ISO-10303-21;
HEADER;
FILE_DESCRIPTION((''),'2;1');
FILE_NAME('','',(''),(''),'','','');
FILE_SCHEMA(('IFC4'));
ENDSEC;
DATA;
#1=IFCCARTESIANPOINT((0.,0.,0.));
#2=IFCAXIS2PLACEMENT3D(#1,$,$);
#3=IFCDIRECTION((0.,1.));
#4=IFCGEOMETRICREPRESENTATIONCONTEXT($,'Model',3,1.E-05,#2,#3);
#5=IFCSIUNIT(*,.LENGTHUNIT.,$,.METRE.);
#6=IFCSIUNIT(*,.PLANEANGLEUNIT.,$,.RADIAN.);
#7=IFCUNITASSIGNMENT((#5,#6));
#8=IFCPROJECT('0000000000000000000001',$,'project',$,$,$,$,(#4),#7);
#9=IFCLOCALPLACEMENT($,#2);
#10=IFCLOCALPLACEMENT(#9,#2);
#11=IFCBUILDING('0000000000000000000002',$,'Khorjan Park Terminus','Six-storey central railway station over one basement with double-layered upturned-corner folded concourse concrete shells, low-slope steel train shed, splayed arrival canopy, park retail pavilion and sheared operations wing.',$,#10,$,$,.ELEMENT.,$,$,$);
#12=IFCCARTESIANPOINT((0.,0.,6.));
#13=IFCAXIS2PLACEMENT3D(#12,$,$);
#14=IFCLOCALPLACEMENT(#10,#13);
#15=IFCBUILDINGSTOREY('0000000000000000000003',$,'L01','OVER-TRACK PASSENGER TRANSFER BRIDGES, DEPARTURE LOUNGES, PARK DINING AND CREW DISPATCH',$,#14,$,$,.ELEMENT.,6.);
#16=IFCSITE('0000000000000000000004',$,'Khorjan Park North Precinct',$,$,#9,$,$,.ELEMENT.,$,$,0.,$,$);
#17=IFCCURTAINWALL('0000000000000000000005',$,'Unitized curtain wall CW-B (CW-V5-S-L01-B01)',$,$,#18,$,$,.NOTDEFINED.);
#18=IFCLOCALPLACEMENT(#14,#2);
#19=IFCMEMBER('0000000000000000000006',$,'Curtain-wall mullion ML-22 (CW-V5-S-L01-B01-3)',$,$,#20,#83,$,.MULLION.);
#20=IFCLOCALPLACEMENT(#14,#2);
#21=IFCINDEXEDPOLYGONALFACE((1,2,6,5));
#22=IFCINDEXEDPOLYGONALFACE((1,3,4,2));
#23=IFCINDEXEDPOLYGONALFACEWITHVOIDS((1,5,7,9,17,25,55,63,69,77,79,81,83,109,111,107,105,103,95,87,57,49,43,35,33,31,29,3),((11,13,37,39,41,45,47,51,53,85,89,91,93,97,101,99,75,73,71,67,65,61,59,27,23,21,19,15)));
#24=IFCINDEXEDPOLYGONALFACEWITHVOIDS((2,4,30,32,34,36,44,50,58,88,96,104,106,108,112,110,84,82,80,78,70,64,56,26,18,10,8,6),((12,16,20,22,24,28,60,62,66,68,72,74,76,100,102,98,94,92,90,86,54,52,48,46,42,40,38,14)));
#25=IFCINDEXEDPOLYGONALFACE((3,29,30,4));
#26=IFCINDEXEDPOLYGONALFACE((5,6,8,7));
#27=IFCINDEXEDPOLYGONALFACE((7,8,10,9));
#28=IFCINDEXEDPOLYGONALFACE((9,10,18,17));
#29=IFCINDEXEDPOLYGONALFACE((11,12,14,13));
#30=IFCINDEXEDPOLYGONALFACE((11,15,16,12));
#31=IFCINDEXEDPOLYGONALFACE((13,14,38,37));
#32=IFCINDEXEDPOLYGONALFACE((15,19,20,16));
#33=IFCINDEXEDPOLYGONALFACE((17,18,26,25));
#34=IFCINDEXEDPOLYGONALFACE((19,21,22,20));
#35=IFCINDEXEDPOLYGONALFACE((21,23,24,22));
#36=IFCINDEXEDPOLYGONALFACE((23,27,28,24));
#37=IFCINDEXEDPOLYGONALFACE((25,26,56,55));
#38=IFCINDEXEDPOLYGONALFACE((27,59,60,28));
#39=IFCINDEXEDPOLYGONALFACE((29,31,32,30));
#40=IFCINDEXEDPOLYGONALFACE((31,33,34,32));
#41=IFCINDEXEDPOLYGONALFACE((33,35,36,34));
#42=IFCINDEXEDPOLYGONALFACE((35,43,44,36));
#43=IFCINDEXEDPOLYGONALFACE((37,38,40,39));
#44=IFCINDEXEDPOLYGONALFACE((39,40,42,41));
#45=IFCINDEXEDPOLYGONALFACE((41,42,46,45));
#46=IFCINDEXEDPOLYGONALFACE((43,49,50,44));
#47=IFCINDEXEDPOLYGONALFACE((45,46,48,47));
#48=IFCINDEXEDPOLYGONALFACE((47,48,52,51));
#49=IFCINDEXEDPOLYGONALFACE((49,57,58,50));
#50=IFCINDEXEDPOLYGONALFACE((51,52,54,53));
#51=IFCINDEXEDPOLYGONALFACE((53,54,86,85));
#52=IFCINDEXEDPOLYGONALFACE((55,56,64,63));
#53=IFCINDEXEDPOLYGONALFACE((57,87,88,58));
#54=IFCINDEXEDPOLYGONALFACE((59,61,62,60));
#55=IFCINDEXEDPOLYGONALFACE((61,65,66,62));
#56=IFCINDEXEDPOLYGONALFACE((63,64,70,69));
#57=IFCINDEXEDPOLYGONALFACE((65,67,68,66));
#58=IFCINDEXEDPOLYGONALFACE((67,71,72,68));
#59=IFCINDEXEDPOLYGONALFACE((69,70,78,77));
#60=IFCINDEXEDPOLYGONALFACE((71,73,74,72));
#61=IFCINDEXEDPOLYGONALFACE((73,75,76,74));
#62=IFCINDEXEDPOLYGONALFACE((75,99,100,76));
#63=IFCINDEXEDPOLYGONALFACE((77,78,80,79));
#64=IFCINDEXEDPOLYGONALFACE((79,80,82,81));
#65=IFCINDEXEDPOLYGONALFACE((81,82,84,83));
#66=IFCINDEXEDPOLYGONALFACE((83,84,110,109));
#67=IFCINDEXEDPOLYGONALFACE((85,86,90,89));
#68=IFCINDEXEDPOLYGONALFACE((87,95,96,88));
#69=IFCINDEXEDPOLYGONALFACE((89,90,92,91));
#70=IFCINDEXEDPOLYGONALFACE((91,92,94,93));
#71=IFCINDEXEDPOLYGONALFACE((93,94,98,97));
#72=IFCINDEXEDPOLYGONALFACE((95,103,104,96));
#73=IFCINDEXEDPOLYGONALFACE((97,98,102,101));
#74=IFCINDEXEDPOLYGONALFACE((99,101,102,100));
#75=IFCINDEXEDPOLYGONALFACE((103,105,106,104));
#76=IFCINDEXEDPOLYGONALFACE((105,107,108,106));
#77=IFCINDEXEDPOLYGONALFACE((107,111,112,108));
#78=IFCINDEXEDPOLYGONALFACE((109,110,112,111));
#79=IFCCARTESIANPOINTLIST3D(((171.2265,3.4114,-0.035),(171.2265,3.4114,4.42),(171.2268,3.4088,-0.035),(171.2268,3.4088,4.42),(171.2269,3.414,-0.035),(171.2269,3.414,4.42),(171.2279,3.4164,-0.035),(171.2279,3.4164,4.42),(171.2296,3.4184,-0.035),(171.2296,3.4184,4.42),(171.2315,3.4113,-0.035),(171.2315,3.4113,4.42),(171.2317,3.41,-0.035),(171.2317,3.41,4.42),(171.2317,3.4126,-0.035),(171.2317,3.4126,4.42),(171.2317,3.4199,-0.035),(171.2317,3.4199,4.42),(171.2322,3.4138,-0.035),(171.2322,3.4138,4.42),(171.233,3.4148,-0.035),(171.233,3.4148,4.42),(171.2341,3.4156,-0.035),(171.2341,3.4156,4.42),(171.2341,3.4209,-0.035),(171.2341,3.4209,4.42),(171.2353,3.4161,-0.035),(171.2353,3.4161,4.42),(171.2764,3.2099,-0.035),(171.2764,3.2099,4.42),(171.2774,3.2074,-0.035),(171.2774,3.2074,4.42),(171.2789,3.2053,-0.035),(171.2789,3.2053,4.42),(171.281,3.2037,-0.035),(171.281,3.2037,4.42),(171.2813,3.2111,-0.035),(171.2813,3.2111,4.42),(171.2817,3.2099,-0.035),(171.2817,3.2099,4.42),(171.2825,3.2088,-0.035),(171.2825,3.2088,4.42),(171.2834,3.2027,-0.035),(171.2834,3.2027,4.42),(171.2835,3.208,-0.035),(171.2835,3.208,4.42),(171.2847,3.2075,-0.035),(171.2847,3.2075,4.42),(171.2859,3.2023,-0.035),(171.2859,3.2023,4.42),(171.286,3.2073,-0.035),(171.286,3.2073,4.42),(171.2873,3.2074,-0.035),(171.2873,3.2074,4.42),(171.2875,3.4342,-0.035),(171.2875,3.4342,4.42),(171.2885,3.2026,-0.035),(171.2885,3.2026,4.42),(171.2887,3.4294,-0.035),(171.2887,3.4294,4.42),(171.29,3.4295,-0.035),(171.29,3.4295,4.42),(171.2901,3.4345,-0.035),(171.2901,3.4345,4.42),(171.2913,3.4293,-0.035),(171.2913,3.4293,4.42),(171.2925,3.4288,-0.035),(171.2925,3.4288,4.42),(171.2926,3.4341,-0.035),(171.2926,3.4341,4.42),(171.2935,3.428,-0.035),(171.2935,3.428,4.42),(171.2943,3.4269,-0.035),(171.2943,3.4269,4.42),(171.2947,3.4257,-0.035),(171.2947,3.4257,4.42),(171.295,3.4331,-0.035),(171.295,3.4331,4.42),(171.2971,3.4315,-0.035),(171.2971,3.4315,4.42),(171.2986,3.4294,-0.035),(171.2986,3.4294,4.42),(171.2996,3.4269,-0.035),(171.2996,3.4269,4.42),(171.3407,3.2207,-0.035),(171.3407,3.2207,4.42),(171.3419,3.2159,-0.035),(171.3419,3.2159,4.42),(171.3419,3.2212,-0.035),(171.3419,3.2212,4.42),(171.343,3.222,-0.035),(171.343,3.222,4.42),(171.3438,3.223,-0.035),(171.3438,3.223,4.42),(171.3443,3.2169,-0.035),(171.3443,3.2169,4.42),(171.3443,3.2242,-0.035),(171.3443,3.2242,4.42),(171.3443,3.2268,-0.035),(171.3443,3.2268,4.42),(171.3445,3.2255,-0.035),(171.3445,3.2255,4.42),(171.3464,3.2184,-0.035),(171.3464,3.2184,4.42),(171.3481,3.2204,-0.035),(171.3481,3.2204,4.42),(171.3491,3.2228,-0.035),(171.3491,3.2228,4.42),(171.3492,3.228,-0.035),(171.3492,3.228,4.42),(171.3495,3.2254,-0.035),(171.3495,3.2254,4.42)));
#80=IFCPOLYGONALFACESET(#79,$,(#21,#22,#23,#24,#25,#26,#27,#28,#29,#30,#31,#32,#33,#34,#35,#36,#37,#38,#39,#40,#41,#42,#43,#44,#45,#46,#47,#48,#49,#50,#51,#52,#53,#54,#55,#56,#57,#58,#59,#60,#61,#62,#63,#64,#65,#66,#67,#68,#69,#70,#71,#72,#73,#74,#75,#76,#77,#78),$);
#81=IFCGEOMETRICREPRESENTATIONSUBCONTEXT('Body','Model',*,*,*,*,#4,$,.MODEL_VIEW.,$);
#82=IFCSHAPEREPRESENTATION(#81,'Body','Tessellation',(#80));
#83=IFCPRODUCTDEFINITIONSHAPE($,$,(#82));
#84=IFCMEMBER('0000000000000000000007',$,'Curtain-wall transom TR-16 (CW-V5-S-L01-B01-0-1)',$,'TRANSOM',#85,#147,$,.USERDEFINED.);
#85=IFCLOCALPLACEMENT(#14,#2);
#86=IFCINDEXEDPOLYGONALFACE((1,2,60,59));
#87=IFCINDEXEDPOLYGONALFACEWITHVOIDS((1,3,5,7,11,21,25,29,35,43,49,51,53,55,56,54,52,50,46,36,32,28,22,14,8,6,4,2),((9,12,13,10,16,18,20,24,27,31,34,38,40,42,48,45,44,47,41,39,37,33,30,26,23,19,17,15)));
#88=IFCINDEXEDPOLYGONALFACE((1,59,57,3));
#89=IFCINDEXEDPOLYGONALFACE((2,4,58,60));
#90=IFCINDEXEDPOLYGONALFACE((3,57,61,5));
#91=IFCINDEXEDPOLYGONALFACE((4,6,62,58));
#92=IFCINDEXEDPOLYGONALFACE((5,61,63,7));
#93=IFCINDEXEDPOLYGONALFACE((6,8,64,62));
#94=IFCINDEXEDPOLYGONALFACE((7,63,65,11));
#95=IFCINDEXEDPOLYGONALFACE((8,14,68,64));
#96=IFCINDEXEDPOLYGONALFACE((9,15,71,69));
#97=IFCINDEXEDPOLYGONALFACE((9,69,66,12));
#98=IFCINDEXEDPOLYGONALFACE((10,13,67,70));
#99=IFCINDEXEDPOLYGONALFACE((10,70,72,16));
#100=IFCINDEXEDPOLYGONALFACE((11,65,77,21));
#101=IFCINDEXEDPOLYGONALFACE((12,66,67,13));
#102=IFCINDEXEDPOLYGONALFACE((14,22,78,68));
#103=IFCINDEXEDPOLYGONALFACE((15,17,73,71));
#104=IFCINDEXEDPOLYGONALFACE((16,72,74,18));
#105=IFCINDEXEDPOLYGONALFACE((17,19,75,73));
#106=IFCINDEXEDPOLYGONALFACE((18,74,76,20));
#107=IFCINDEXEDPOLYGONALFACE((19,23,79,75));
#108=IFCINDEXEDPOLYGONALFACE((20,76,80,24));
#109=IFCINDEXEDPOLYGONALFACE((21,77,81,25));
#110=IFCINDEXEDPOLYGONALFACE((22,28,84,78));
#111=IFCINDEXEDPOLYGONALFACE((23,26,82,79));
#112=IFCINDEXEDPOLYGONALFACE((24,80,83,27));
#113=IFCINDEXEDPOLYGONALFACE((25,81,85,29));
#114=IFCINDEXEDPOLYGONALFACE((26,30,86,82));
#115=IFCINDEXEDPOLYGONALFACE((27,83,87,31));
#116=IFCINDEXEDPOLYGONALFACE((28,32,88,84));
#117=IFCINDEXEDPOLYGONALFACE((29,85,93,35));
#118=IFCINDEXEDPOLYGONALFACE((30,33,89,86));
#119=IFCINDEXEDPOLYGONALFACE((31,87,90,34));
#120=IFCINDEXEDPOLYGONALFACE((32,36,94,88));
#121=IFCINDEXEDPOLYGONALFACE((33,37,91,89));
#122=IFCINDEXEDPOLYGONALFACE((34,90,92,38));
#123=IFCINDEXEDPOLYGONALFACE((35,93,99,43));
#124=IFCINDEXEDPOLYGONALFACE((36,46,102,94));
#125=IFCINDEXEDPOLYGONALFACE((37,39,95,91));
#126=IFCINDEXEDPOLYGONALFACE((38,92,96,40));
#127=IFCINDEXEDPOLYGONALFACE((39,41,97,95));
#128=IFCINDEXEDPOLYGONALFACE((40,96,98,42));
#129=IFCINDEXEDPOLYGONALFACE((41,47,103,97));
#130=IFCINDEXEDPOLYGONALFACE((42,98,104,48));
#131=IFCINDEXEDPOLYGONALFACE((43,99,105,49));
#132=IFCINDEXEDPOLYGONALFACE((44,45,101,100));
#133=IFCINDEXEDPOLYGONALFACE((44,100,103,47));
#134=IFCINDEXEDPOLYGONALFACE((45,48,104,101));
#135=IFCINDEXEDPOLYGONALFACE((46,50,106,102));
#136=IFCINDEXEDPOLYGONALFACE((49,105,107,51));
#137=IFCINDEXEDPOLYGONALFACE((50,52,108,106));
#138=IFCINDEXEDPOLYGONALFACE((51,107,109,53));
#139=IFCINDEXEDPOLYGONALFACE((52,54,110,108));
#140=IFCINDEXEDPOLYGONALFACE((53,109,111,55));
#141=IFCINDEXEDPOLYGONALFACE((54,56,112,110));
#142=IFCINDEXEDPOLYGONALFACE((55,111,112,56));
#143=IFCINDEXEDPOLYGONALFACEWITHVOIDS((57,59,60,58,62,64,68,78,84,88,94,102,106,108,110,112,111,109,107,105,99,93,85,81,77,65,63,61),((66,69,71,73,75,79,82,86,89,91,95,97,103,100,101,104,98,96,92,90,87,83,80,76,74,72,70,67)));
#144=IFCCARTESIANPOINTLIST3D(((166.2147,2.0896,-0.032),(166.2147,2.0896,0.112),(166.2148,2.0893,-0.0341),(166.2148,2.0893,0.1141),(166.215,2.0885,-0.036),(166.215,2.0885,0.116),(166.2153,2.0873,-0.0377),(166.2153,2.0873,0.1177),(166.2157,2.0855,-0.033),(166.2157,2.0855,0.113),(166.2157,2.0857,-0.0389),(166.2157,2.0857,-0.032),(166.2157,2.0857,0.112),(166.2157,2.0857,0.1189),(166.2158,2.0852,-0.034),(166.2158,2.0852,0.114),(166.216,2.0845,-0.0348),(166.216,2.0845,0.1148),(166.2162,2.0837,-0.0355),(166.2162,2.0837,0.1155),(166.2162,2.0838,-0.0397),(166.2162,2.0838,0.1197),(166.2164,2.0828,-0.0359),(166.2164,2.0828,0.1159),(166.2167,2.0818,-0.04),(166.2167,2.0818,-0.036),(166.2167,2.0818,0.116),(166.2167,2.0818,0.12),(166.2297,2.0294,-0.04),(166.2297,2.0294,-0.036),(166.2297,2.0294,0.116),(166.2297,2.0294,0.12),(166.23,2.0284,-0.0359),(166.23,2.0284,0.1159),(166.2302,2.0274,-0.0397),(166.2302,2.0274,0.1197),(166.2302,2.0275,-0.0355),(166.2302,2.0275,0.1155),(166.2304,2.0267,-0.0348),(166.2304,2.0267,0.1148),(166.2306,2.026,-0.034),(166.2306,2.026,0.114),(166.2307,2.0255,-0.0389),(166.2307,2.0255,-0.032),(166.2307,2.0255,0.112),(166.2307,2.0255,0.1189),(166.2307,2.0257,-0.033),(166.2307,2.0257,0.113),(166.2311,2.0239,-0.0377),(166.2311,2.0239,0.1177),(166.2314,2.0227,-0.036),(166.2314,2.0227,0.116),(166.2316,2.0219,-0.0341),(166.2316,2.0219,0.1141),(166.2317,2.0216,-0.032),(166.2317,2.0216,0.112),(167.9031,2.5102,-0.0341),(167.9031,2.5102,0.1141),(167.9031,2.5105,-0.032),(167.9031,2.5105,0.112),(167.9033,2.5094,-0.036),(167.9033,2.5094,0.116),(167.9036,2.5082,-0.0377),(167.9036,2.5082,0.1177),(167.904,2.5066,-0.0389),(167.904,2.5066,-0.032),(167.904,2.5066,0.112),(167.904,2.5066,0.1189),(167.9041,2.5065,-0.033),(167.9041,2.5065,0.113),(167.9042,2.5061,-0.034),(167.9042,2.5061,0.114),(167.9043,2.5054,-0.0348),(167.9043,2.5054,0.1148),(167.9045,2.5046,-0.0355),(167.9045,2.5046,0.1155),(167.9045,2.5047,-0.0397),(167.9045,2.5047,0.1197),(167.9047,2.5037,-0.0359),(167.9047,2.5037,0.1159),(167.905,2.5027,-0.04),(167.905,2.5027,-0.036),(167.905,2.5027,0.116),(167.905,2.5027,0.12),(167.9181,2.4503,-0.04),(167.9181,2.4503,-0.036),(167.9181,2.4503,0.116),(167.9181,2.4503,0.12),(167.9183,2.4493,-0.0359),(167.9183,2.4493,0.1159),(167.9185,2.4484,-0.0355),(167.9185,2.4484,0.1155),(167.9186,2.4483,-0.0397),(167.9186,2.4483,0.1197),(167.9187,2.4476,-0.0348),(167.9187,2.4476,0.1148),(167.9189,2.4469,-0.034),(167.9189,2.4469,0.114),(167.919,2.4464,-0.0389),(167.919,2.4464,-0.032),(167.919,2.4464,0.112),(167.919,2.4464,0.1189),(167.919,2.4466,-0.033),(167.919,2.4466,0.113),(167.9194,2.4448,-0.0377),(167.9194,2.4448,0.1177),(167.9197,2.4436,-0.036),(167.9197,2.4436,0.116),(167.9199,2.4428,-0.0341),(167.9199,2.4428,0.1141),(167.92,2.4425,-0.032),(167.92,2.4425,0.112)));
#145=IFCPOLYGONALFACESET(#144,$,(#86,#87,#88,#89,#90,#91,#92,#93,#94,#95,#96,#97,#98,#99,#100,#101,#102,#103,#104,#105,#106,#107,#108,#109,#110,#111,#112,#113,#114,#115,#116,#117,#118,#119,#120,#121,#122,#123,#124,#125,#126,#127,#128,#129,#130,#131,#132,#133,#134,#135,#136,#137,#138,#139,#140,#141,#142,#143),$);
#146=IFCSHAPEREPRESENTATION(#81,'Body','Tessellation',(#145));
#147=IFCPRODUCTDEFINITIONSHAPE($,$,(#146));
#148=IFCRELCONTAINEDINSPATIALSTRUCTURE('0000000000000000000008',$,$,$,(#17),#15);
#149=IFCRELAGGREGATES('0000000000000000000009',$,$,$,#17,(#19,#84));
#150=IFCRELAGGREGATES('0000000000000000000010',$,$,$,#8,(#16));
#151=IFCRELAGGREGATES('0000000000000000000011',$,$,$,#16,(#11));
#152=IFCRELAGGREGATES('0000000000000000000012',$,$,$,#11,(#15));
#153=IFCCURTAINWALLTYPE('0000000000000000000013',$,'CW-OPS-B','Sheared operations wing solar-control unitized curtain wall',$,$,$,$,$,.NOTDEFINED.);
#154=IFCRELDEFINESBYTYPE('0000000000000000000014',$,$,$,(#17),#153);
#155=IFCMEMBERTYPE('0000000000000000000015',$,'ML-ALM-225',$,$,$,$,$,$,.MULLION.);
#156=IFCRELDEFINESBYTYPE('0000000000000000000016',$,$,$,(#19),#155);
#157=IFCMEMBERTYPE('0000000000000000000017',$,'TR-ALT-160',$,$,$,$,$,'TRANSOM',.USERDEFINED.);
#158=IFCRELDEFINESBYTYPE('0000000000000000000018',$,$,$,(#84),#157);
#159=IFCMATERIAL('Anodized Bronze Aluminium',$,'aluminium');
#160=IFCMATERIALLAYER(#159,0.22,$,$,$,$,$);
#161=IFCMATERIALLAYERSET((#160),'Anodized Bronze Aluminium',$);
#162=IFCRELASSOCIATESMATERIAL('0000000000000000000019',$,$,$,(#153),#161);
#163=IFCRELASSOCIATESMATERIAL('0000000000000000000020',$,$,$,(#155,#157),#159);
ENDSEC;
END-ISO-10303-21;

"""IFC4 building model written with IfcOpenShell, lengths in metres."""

from ifc_helpers import new_model, si_unit, direction, frame, origin, origin_2d, place, context, subcontext, project, spatial, hollow_rectangle, extrude, material, layer, layer_set, material_profile, profile_set, type_object, element, aggregate, save


model = new_model("IFC4")

# Units and contexts
model_context = context("Model", 3, precision=1e-05, world=origin(), true_north=direction((0.0, 1.0)))
body_context = subcontext(model_context, "Body", "Model", "MODEL_VIEW")
ifc_project = project(units=[si_unit("LENGTHUNIT", "METRE"), si_unit("PLANEANGLEUNIT", "RADIAN")], contexts=[model_context])

# Site, building, storey
site_placement = place(None, origin())
site = spatial("IfcSite", under=ifc_project, at=site_placement, Name="Khorjan Park North Precinct", CompositionType="ELEMENT", RefElevation=0.0)
building_placement = place(site_placement, origin())
building = spatial("IfcBuilding", under=site, at=building_placement, Name="Khorjan Park Terminus", Description="Six-storey central railway station over one basement with double-layered upturned-corner folded concourse concrete shells, low-slope steel train shed, splayed arrival canopy, park retail pavilion and sheared operations wing.", CompositionType="ELEMENT")
storey_placement = place(building_placement, frame((0.0, 0.0, 6.0)))
storey = spatial("IfcBuildingStorey", under=building, at=storey_placement, Name="L01", Description="OVER-TRACK PASSENGER TRANSFER BRIDGES, DEPARTURE LOUNGES, PARK DINING AND CREW DISPATCH", CompositionType="ELEMENT", Elevation=6.0)

# Curtain wall, members
ifc_material_1 = material(Name="Anodized Bronze Aluminium", Category="aluminium")
ifc_layer_1 = layer(ifc_material_1, 0.22)
ifc_layer_set_1 = layer_set([ifc_layer_1], Name="Anodized Bronze Aluminium")
curtain_wall_type = type_object("IfcCurtainWallType", Name="CW-OPS-B", Description="Sheared operations wing solar-control unitized curtain wall", PredefinedType="NOTDEFINED", material=ifc_layer_set_1)
curtain_wall_placement = place(storey_placement, origin())
curtain_wall = element("IfcCurtainWall", 1, at=curtain_wall_placement, inside=storey, type_object=curtain_wall_type, Name="Unitized curtain wall CW-B (CW-V5-S-L01-B01)", PredefinedType="NOTDEFINED")
ifc_material_profile_1 = material_profile(ifc_material_1, hollow_rectangle(XDim=0.075, YDim=0.225, WallThickness=0.005, InnerFilletRadius=0.005, OuterFilletRadius=0.01, at=origin_2d()), Name="ALM 75x225x5")
ifc_profile_set_1 = profile_set([ifc_material_profile_1], Name="Anodized Bronze Aluminium")
member_type_1 = type_object("IfcMemberType", Name="ML-ALM-225", PredefinedType="MULLION", material=ifc_profile_set_1)
member_1_placement = place(storey_placement, frame((171.288, 3.3184, -0.035), z_axis=(0.0, 0.0, 1.0), x_axis=(0.970296, 0.241923, 0.0)))
member_1 = element("IfcMember", 2, at=member_1_placement, type_object=member_type_1, Name="Curtain-wall mullion ML-22 (CW-V5-S-L01-B01-3)", PredefinedType="MULLION", context=body_context, shape_type="SweptSolid", body=[
    extrude(hollow_rectangle(XDim=0.075, YDim=0.225, WallThickness=0.005, InnerFilletRadius=0.005, OuterFilletRadius=0.01, at=origin_2d()), origin(), (0.0, 0.0, 1.0), 4.455),
])
ifc_material_profile_2 = material_profile(ifc_material_1, hollow_rectangle(XDim=0.07, YDim=0.16, WallThickness=0.004, InnerFilletRadius=0.004, OuterFilletRadius=0.008, at=origin_2d()), Name="ALT 70x160x4")
ifc_profile_set_2 = profile_set([ifc_material_profile_2], Name="Anodized Bronze Aluminium")
member_type_2 = type_object("IfcMemberType", Name="TR-ALT-160", ElementType="TRANSOM", PredefinedType="USERDEFINED", material=ifc_profile_set_2)
member_2_placement = place(storey_placement, frame((166.2232, 2.0556, 0.04), z_axis=(0.970301, 0.2419, 0.0), x_axis=(-0.2419, 0.970301, 0.0)))
member_2 = element("IfcMember", 3, at=member_2_placement, type_object=member_type_2, Name="Curtain-wall transom TR-16 (CW-V5-S-L01-B01-0-1)", ObjectType="TRANSOM", PredefinedType="USERDEFINED", context=body_context, shape_type="SweptSolid", body=[
    extrude(hollow_rectangle(XDim=0.07, YDim=0.16, WallThickness=0.004, InnerFilletRadius=0.004, OuterFilletRadius=0.008, at=origin_2d()), origin(), (0.0, 0.0, 1.0), 1.74),
])
aggregate(curtain_wall, [member_1, member_2])

save(model, "model.ifc")
